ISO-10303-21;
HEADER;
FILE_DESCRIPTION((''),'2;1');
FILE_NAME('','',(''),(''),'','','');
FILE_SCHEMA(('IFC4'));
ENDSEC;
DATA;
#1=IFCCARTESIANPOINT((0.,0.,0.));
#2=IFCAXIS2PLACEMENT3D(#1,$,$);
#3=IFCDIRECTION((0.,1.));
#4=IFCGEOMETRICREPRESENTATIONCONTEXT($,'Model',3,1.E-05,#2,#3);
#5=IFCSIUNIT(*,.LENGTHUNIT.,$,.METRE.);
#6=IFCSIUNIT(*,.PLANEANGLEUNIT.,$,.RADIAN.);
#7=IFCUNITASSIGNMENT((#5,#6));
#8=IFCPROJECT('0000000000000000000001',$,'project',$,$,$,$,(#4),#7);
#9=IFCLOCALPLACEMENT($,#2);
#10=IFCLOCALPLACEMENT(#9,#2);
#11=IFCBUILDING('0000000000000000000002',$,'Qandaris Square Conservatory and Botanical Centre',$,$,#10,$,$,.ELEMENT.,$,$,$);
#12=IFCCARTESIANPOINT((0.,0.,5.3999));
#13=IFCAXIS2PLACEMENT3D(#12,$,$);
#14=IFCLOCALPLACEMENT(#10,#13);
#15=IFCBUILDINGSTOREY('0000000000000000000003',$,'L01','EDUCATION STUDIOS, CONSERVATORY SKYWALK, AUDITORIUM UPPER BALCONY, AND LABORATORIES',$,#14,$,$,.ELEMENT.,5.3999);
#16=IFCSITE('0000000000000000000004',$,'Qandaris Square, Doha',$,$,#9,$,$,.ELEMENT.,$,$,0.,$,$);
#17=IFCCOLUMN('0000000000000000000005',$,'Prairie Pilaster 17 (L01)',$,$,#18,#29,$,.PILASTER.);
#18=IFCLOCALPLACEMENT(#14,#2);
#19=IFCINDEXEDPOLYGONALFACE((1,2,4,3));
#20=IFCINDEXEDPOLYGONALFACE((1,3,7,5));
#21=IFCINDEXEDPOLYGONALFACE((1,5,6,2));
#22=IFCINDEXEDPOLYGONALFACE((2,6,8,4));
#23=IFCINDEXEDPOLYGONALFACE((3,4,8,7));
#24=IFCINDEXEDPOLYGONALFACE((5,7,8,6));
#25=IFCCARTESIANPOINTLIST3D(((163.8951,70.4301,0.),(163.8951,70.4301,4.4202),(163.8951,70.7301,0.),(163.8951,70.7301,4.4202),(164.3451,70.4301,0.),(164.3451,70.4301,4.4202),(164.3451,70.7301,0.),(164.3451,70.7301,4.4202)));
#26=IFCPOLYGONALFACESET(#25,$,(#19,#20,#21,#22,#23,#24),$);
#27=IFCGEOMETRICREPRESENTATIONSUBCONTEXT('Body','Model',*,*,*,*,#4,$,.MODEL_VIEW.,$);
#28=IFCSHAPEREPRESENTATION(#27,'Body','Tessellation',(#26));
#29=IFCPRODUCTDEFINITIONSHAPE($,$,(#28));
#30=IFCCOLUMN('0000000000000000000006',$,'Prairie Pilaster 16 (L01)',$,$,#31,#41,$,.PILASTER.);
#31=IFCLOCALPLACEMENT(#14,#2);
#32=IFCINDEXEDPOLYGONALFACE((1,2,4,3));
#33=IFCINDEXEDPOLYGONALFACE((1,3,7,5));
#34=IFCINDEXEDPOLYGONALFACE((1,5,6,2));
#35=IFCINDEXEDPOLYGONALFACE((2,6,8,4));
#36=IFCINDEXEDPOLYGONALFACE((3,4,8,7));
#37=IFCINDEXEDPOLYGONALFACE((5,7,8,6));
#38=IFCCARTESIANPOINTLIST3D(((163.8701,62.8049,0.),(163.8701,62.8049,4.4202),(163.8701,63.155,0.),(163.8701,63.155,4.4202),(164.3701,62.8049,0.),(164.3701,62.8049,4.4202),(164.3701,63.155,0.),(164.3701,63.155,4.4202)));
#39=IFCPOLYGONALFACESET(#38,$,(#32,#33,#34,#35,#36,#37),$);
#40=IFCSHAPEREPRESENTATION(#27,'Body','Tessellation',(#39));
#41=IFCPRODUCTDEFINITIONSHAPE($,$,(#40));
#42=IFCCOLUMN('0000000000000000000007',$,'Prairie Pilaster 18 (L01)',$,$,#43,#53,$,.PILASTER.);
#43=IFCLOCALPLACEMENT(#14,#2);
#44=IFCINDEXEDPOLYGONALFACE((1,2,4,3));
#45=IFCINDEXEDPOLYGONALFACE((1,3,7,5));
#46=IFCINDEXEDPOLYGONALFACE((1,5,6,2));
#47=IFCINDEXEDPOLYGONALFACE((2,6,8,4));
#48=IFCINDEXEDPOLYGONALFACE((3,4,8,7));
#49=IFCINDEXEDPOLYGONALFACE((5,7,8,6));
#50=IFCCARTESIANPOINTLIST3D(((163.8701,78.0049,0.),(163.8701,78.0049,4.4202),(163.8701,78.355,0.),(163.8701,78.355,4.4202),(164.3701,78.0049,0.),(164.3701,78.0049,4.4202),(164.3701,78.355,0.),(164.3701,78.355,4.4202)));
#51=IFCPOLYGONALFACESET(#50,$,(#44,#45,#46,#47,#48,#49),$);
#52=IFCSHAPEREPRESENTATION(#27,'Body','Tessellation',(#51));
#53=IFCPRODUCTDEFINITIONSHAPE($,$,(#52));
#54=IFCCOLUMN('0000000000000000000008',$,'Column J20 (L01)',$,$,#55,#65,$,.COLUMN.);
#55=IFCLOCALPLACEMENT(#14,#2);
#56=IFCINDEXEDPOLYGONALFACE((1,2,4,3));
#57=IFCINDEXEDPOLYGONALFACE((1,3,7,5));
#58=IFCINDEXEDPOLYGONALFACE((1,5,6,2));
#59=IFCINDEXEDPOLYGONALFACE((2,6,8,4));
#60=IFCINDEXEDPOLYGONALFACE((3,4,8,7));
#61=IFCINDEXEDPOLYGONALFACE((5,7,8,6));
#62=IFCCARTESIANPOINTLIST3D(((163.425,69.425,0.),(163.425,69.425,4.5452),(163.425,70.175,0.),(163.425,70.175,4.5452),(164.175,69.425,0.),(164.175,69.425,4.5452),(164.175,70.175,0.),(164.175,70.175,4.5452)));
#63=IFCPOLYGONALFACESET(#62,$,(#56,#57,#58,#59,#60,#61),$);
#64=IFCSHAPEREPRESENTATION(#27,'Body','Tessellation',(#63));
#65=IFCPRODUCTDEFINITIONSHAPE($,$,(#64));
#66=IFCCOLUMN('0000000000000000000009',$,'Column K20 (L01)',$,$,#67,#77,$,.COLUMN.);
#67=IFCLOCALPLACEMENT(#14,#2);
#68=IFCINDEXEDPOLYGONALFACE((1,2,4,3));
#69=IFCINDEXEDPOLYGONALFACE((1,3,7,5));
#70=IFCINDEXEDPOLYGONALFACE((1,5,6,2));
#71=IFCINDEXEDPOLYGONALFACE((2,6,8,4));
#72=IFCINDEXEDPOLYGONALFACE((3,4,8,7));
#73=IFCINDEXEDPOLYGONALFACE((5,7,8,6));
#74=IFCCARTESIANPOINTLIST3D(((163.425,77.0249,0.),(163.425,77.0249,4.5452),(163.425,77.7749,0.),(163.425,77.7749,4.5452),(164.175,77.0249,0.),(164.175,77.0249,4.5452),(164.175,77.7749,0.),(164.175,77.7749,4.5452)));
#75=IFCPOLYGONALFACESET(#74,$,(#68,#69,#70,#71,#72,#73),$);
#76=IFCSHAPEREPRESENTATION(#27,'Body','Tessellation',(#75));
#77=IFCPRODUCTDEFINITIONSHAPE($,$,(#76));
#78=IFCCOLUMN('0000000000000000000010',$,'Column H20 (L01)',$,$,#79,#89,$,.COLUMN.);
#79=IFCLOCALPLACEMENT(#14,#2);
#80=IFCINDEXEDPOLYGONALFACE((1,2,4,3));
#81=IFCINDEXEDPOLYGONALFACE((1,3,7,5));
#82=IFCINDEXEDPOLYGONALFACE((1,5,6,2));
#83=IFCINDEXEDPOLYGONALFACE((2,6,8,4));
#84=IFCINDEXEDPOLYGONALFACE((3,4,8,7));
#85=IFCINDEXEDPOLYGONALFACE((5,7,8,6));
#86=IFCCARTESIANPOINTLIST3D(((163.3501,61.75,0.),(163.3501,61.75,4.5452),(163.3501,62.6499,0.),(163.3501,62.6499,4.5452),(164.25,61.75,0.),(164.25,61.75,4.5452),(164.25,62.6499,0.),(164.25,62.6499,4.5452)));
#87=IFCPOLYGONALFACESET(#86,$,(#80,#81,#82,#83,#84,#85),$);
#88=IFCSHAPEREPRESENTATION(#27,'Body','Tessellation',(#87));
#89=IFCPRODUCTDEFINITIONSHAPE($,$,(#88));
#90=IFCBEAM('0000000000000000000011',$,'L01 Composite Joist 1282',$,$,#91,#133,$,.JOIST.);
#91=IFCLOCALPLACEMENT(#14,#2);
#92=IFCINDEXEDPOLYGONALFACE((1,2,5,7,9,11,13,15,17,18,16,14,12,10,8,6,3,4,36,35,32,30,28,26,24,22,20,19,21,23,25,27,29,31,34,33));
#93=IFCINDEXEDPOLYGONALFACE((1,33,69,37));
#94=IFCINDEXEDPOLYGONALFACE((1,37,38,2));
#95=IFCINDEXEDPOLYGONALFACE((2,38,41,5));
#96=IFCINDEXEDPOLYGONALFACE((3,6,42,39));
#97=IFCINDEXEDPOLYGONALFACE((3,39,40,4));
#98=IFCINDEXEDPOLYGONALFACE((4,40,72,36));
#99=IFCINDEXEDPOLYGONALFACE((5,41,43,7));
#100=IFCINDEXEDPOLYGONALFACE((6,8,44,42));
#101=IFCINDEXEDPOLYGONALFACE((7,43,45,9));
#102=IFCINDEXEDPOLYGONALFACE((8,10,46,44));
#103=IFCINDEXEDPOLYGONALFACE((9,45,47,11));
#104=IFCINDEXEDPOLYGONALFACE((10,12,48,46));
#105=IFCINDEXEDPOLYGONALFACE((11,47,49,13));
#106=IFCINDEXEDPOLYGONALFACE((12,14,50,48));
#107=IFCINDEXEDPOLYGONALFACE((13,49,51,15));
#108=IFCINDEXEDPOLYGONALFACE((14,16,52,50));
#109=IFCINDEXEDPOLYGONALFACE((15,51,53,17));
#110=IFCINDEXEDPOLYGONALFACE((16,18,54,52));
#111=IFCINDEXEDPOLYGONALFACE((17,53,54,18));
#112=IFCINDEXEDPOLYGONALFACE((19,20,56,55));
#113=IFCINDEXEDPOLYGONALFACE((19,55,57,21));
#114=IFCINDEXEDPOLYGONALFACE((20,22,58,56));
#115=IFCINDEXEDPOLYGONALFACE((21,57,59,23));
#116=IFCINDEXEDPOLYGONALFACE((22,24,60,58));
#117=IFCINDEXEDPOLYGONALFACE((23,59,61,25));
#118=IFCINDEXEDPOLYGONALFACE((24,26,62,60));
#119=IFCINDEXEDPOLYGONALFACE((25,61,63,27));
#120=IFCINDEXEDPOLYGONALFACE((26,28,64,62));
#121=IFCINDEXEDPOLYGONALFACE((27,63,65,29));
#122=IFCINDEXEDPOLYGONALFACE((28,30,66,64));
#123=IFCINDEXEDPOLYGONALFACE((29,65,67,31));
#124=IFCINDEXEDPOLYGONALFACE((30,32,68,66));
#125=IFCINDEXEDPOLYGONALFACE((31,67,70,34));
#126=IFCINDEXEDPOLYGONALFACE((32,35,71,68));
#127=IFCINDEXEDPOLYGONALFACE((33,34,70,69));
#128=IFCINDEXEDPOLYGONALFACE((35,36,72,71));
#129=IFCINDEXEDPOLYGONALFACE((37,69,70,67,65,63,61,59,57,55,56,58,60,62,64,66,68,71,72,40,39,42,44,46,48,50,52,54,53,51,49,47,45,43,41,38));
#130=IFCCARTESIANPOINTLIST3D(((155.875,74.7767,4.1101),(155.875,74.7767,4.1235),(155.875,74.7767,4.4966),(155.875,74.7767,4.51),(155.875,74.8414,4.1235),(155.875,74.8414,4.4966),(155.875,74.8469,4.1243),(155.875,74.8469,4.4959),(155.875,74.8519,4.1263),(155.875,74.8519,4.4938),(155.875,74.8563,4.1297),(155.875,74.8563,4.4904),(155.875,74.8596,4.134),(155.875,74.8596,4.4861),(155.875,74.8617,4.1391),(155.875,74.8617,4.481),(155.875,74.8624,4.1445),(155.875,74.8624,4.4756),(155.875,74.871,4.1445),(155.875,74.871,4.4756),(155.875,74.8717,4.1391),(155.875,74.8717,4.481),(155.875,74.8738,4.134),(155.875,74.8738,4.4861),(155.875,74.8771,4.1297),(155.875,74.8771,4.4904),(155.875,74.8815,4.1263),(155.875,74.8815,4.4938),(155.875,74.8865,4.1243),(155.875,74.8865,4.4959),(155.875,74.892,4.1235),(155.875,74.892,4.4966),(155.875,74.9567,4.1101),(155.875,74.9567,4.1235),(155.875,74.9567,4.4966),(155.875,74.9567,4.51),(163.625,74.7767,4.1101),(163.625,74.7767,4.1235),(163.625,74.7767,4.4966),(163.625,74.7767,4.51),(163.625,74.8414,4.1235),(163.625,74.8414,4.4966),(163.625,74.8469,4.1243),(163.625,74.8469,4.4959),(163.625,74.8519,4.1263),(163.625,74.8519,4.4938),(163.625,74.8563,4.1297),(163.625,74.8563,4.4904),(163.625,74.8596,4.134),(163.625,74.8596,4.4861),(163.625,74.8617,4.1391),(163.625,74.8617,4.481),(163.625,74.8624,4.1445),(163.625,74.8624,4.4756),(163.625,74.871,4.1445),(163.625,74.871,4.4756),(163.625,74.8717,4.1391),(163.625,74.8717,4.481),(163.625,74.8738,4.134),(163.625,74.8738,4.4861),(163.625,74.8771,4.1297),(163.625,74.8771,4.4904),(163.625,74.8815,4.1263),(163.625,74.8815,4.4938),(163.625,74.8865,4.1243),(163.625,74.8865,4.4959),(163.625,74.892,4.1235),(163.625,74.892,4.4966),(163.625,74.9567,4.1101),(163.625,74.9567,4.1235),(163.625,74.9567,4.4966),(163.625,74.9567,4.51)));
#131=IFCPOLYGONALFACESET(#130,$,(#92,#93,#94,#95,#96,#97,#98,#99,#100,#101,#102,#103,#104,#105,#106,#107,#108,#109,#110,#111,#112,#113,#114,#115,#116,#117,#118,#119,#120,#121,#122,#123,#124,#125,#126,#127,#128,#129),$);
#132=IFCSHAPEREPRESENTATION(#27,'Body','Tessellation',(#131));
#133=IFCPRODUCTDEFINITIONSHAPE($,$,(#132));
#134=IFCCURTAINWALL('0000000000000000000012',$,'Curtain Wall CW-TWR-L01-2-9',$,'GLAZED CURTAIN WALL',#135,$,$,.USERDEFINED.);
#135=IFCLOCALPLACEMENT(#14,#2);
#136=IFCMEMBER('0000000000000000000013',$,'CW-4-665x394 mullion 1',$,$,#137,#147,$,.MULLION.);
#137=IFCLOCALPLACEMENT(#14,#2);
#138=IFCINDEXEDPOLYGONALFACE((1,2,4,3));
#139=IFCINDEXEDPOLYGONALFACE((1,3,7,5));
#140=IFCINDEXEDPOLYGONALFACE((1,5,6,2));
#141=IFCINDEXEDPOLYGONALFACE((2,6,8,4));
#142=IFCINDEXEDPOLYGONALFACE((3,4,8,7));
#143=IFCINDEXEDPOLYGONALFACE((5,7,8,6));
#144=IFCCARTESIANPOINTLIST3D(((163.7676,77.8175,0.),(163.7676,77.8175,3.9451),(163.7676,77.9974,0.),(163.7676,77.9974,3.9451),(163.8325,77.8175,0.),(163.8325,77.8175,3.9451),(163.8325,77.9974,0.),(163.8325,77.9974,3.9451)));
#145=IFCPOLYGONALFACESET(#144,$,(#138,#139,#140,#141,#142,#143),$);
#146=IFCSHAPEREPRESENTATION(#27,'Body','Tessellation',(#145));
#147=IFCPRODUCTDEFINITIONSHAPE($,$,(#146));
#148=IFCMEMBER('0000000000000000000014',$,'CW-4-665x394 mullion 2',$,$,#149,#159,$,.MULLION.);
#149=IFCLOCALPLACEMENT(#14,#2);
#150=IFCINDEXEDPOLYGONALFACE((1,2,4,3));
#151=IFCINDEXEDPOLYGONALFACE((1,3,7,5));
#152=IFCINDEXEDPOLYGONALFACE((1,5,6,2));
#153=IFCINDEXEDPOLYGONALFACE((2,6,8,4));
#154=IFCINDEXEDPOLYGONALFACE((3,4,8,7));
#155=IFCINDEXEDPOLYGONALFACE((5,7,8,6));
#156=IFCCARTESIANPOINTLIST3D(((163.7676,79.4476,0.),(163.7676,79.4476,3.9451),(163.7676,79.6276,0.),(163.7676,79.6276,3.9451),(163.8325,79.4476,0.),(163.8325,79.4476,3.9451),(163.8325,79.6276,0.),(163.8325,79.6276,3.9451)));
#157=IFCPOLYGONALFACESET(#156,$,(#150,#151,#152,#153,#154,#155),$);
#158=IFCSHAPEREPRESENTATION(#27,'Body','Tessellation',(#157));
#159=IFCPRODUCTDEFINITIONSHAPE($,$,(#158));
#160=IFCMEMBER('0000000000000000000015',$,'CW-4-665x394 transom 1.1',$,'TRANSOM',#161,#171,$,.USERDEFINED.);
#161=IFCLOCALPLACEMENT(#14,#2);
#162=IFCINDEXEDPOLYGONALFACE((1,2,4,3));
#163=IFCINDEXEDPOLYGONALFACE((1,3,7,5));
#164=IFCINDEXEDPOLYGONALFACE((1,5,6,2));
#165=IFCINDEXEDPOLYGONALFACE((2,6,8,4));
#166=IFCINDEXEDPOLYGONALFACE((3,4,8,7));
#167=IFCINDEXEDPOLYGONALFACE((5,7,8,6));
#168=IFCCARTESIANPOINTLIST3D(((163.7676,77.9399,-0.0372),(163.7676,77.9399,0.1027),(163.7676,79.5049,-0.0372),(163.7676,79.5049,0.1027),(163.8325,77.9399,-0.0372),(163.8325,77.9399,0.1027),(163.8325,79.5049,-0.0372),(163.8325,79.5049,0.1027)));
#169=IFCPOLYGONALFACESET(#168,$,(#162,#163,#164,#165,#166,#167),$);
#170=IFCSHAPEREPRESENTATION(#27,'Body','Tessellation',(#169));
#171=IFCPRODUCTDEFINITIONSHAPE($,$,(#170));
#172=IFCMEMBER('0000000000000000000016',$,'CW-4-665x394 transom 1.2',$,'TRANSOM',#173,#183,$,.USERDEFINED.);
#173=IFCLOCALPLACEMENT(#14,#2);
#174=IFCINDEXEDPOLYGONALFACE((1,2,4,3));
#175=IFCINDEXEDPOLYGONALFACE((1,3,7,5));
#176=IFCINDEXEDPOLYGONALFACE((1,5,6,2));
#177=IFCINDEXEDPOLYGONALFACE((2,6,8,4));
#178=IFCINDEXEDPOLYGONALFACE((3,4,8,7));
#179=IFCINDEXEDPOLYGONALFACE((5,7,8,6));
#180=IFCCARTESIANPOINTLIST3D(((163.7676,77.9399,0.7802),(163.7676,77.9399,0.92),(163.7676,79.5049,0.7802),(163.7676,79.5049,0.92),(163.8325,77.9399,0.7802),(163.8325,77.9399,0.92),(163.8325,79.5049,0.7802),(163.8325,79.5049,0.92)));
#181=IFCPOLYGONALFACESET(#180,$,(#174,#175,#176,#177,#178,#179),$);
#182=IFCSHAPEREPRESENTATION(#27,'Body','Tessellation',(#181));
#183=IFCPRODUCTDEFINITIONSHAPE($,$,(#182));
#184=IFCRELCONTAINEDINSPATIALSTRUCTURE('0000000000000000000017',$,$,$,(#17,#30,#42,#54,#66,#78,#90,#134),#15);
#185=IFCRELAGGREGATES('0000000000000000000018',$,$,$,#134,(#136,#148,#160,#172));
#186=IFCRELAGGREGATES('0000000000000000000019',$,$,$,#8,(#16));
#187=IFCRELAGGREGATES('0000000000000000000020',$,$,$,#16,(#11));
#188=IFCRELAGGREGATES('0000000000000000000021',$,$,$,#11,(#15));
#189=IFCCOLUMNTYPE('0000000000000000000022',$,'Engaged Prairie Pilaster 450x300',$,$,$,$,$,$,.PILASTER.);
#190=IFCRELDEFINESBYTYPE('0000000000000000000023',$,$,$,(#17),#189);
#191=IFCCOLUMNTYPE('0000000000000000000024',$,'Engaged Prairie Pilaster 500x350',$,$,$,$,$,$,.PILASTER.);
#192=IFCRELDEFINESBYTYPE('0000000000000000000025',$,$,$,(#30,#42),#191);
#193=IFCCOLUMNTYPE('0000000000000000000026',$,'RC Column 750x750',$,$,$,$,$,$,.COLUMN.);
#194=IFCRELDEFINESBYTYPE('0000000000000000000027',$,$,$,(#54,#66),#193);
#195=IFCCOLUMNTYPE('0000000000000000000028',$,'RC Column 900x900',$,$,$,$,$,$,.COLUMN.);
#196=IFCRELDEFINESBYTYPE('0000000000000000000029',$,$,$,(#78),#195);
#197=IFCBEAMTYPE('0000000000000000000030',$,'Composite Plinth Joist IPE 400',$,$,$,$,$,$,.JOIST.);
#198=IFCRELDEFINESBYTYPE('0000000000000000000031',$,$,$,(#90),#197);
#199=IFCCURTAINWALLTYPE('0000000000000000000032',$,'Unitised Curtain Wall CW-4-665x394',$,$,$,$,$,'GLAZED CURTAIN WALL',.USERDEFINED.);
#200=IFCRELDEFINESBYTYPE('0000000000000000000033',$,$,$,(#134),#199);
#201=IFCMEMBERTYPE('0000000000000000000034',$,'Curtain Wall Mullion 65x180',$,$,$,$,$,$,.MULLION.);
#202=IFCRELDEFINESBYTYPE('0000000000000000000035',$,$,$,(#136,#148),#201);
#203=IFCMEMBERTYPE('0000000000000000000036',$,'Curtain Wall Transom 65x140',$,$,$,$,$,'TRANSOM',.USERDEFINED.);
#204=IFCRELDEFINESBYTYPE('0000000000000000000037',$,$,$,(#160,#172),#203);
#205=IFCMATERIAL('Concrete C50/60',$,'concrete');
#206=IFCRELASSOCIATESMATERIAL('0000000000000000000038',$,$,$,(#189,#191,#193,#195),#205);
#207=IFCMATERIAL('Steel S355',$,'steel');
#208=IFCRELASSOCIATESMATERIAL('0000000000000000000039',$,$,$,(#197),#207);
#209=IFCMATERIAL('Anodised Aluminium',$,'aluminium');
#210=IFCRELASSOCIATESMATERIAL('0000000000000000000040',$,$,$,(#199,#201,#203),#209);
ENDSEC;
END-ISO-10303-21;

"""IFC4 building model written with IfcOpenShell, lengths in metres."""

from ifc_helpers import new_model, si_unit, direction, frame, origin, origin_2d, place, context, subcontext, project, spatial, rectangle, i_section, extrude, material, material_profile, profile_set, type_object, element, aggregate, save


model = new_model("IFC4")

# Units and contexts
model_context = context("Model", 3, precision=1e-05, world=origin(), true_north=direction((0.0, 1.0)))
body_context = subcontext(model_context, "Body", "Model", "MODEL_VIEW")
ifc_project = project(units=[si_unit("LENGTHUNIT", "METRE"), si_unit("PLANEANGLEUNIT", "RADIAN")], contexts=[model_context])

# Site, building, storey
site_placement = place(None, origin())
site = spatial("IfcSite", under=ifc_project, at=site_placement, Name="Qandaris Square, Doha", CompositionType="ELEMENT", RefElevation=0.0)
building_placement = place(site_placement, origin())
building = spatial("IfcBuilding", under=site, at=building_placement, Name="Qandaris Square Conservatory and Botanical Centre", CompositionType="ELEMENT")
storey_placement = place(building_placement, frame((0.0, 0.0, 5.3999)))
storey = spatial("IfcBuildingStorey", under=building, at=storey_placement, Name="L01", Description="EDUCATION STUDIOS, CONSERVATORY SKYWALK, AUDITORIUM UPPER BALCONY, AND LABORATORIES", CompositionType="ELEMENT", Elevation=5.3999)

# Columns
ifc_material_1 = material(Name="Concrete C50/60", Category="concrete")
ifc_material_profile_1 = material_profile(ifc_material_1, rectangle(XDim=0.45, YDim=0.3, at=origin_2d()), Name="RC-PIL 450x300")
ifc_profile_set_1 = profile_set([ifc_material_profile_1], Name="Concrete C50/60")
column_type_1 = type_object("IfcColumnType", Name="Engaged Prairie Pilaster 450x300", PredefinedType="PILASTER", material=ifc_profile_set_1)
column_1_placement = place(storey_placement, frame((164.1201, 70.5801, 0.0), z_axis=(0.0, 0.0, 1.0), x_axis=(1.0, 0.0, 0.0)))
element("IfcColumn", 1, at=column_1_placement, inside=storey, type_object=column_type_1, Name="Prairie Pilaster 17 (L01)", PredefinedType="PILASTER", context=body_context, shape_type="SweptSolid", body=[
    extrude(rectangle(XDim=0.45, YDim=0.3, at=origin_2d()), origin(), (0.0, 0.0, 1.0), 4.4202),
])
ifc_material_profile_2 = material_profile(ifc_material_1, rectangle(XDim=0.5, YDim=0.3501, at=origin_2d()), Name="RC-PIL 500x350")
ifc_profile_set_2 = profile_set([ifc_material_profile_2], Name="Concrete C50/60")
column_type_2 = type_object("IfcColumnType", Name="Engaged Prairie Pilaster 500x350", PredefinedType="PILASTER", material=ifc_profile_set_2)
for number, where, z_axis, x_axis, name in (
    (2, (164.1201, 62.98, 0.0), (0.0, 0.0, 1.0), (1.0, 0.0, 0.0), "Prairie Pilaster 16 (L01)"),
    (3, (164.1201, 78.1799, 0.0), (0.0, 0.0, 1.0), (1.0, 0.0, 0.0), "Prairie Pilaster 18 (L01)"),
):
    element("IfcColumn", number, at=place(storey_placement, frame(where, z_axis=z_axis, x_axis=x_axis)), inside=storey, type_object=column_type_2, Name=name, PredefinedType="PILASTER", context=body_context, shape_type="SweptSolid", body=[
        extrude(rectangle(XDim=0.5, YDim=0.3501, at=origin_2d()), origin(), (0.0, 0.0, 1.0), 4.4202),
    ])
ifc_material_profile_3 = material_profile(ifc_material_1, rectangle(XDim=0.75, YDim=0.75, at=origin_2d()), Name="RC-COL 750x750")
ifc_profile_set_3 = profile_set([ifc_material_profile_3], Name="Concrete C50/60")
column_type_3 = type_object("IfcColumnType", Name="RC Column 750x750", PredefinedType="COLUMN", material=ifc_profile_set_3)
for number, where, z_axis, x_axis, name in (
    (4, (163.8, 69.8, 0.0), (0.0, 0.0, 1.0), (1.0, 0.0, 0.0), "Column J20 (L01)"),
    (5, (163.8, 77.3999, 0.0), (0.0, 0.0, 1.0), (1.0, 0.0, 0.0), "Column K20 (L01)"),
):
    element("IfcColumn", number, at=place(storey_placement, frame(where, z_axis=z_axis, x_axis=x_axis)), inside=storey, type_object=column_type_3, Name=name, PredefinedType="COLUMN", context=body_context, shape_type="SweptSolid", body=[
        extrude(rectangle(XDim=0.75, YDim=0.75, at=origin_2d()), origin(), (0.0, 0.0, 1.0), 4.5452),
    ])
ifc_material_profile_4 = material_profile(ifc_material_1, rectangle(XDim=0.8999, YDim=0.8999, at=origin_2d()), Name="RC-COL 900x900")
ifc_profile_set_4 = profile_set([ifc_material_profile_4], Name="Concrete C50/60")
column_type_4 = type_object("IfcColumnType", Name="RC Column 900x900", PredefinedType="COLUMN", material=ifc_profile_set_4)
column_2_placement = place(storey_placement, frame((163.8, 62.2, 0.0), z_axis=(0.0, 0.0, 1.0), x_axis=(1.0, 0.0, 0.0)))
element("IfcColumn", 6, at=column_2_placement, inside=storey, type_object=column_type_4, Name="Column H20 (L01)", PredefinedType="COLUMN", context=body_context, shape_type="SweptSolid", body=[
    extrude(rectangle(XDim=0.8999, YDim=0.8999, at=origin_2d()), origin(), (0.0, 0.0, 1.0), 4.5452),
])

# Beam
ifc_material_2 = material(Name="Steel S355", Category="steel")
ifc_material_profile_5 = material_profile(ifc_material_2, i_section(OverallWidth=0.1799, OverallDepth=0.3999, WebThickness=0.0085, FlangeThickness=0.0134, FilletRadius=0.021, at=origin_2d()), Name="IPE 400")
ifc_profile_set_5 = profile_set([ifc_material_profile_5], Name="Steel S355")
beam_type_1 = type_object("IfcBeamType", Name="Composite Plinth Joist IPE 400", PredefinedType="JOIST", material=ifc_profile_set_5)
beam_1_placement = place(storey_placement, frame((155.875, 74.8667, 4.3101), z_axis=(1.0, 0.0, 0.0), x_axis=(0.0, 1.0, 0.0)))
element("IfcBeam", 7, at=beam_1_placement, inside=storey, type_object=beam_type_1, Name="L01 Composite Joist 1282", PredefinedType="JOIST", context=body_context, shape_type="SweptSolid", body=[
    extrude(i_section(OverallWidth=0.1799, OverallDepth=0.3999, WebThickness=0.0085, FlangeThickness=0.0134, FilletRadius=0.021, at=origin_2d()), origin(), (0.0, 0.0, 1.0), 7.75),
])

# Curtain wall, members
ifc_material_3 = material(Name="Anodised Aluminium", Category="aluminium")
curtain_wall_type = type_object("IfcCurtainWallType", Name="Unitised Curtain Wall CW-4-665x394", ElementType="GLAZED CURTAIN WALL", PredefinedType="USERDEFINED", material=ifc_material_3)
curtain_wall_placement = place(storey_placement, origin())
curtain_wall = element("IfcCurtainWall", 8, at=curtain_wall_placement, inside=storey, type_object=curtain_wall_type, Name="Curtain Wall CW-TWR-L01-2-9", ObjectType="GLAZED CURTAIN WALL", PredefinedType="USERDEFINED")
ifc_material_profile_6 = material_profile(ifc_material_3, rectangle(XDim=0.0649, YDim=0.1799, at=origin_2d()), Name="ALU-MUL 65x180")
ifc_profile_set_6 = profile_set([ifc_material_profile_6], Name="Anodised Aluminium")
member_type_1 = type_object("IfcMemberType", Name="Curtain Wall Mullion 65x180", PredefinedType="MULLION", material=ifc_profile_set_6)
member_1_placement = place(storey_placement, frame((163.8, 77.9075, 0.0), z_axis=(0.0, 0.0, 1.0), x_axis=(-1.0, 0.0, 0.0)))
member_1 = element("IfcMember", 9, at=member_1_placement, type_object=member_type_1, Name="CW-4-665x394 mullion 1", PredefinedType="MULLION", context=body_context, shape_type="SweptSolid", body=[
    extrude(rectangle(XDim=0.0649, YDim=0.1799, at=origin_2d()), origin(), (0.0, 0.0, 1.0), 3.9451),
])
member_2_placement = place(storey_placement, frame((163.8, 79.5376, 0.0), z_axis=(0.0, 0.0, 1.0), x_axis=(-1.0, 0.0, 0.0)))
member_2 = element("IfcMember", 10, at=member_2_placement, type_object=member_type_1, Name="CW-4-665x394 mullion 2", PredefinedType="MULLION", context=body_context, shape_type="SweptSolid", body=[
    extrude(rectangle(XDim=0.0649, YDim=0.1799, at=origin_2d()), origin(), (0.0, 0.0, 1.0), 3.9451),
])
ifc_material_profile_7 = material_profile(ifc_material_3, rectangle(XDim=0.0649, YDim=0.1399, at=origin_2d()), Name="ALU-TRN 65x140")
ifc_profile_set_7 = profile_set([ifc_material_profile_7], Name="Anodised Aluminium")
member_type_2 = type_object("IfcMemberType", Name="Curtain Wall Transom 65x140", ElementType="TRANSOM", PredefinedType="USERDEFINED", material=ifc_profile_set_7)
member_3_placement = place(storey_placement, frame((163.8, 77.9399, 0.0327), z_axis=(0.0, 1.0, 0.0), x_axis=(-1.0, 0.0, 0.0)))
member_3 = element("IfcMember", 11, at=member_3_placement, type_object=member_type_2, Name="CW-4-665x394 transom 1.1", ObjectType="TRANSOM", PredefinedType="USERDEFINED", context=body_context, shape_type="SweptSolid", body=[
    extrude(rectangle(XDim=0.0649, YDim=0.1399, at=origin_2d()), origin(), (0.0, 0.0, 1.0), 1.5649),
])
member_4_placement = place(storey_placement, frame((163.8, 77.9399, 0.8501), z_axis=(0.0, 1.0, 0.0), x_axis=(-1.0, 0.0, 0.0)))
member_4 = element("IfcMember", 12, at=member_4_placement, type_object=member_type_2, Name="CW-4-665x394 transom 1.2", ObjectType="TRANSOM", PredefinedType="USERDEFINED", context=body_context, shape_type="SweptSolid", body=[
    extrude(rectangle(XDim=0.0649, YDim=0.1399, at=origin_2d()), origin(), (0.0, 0.0, 1.0), 1.5649),
])

aggregate(curtain_wall, [member_1, member_2, member_3, member_4])

save(model, "model.ifc")
